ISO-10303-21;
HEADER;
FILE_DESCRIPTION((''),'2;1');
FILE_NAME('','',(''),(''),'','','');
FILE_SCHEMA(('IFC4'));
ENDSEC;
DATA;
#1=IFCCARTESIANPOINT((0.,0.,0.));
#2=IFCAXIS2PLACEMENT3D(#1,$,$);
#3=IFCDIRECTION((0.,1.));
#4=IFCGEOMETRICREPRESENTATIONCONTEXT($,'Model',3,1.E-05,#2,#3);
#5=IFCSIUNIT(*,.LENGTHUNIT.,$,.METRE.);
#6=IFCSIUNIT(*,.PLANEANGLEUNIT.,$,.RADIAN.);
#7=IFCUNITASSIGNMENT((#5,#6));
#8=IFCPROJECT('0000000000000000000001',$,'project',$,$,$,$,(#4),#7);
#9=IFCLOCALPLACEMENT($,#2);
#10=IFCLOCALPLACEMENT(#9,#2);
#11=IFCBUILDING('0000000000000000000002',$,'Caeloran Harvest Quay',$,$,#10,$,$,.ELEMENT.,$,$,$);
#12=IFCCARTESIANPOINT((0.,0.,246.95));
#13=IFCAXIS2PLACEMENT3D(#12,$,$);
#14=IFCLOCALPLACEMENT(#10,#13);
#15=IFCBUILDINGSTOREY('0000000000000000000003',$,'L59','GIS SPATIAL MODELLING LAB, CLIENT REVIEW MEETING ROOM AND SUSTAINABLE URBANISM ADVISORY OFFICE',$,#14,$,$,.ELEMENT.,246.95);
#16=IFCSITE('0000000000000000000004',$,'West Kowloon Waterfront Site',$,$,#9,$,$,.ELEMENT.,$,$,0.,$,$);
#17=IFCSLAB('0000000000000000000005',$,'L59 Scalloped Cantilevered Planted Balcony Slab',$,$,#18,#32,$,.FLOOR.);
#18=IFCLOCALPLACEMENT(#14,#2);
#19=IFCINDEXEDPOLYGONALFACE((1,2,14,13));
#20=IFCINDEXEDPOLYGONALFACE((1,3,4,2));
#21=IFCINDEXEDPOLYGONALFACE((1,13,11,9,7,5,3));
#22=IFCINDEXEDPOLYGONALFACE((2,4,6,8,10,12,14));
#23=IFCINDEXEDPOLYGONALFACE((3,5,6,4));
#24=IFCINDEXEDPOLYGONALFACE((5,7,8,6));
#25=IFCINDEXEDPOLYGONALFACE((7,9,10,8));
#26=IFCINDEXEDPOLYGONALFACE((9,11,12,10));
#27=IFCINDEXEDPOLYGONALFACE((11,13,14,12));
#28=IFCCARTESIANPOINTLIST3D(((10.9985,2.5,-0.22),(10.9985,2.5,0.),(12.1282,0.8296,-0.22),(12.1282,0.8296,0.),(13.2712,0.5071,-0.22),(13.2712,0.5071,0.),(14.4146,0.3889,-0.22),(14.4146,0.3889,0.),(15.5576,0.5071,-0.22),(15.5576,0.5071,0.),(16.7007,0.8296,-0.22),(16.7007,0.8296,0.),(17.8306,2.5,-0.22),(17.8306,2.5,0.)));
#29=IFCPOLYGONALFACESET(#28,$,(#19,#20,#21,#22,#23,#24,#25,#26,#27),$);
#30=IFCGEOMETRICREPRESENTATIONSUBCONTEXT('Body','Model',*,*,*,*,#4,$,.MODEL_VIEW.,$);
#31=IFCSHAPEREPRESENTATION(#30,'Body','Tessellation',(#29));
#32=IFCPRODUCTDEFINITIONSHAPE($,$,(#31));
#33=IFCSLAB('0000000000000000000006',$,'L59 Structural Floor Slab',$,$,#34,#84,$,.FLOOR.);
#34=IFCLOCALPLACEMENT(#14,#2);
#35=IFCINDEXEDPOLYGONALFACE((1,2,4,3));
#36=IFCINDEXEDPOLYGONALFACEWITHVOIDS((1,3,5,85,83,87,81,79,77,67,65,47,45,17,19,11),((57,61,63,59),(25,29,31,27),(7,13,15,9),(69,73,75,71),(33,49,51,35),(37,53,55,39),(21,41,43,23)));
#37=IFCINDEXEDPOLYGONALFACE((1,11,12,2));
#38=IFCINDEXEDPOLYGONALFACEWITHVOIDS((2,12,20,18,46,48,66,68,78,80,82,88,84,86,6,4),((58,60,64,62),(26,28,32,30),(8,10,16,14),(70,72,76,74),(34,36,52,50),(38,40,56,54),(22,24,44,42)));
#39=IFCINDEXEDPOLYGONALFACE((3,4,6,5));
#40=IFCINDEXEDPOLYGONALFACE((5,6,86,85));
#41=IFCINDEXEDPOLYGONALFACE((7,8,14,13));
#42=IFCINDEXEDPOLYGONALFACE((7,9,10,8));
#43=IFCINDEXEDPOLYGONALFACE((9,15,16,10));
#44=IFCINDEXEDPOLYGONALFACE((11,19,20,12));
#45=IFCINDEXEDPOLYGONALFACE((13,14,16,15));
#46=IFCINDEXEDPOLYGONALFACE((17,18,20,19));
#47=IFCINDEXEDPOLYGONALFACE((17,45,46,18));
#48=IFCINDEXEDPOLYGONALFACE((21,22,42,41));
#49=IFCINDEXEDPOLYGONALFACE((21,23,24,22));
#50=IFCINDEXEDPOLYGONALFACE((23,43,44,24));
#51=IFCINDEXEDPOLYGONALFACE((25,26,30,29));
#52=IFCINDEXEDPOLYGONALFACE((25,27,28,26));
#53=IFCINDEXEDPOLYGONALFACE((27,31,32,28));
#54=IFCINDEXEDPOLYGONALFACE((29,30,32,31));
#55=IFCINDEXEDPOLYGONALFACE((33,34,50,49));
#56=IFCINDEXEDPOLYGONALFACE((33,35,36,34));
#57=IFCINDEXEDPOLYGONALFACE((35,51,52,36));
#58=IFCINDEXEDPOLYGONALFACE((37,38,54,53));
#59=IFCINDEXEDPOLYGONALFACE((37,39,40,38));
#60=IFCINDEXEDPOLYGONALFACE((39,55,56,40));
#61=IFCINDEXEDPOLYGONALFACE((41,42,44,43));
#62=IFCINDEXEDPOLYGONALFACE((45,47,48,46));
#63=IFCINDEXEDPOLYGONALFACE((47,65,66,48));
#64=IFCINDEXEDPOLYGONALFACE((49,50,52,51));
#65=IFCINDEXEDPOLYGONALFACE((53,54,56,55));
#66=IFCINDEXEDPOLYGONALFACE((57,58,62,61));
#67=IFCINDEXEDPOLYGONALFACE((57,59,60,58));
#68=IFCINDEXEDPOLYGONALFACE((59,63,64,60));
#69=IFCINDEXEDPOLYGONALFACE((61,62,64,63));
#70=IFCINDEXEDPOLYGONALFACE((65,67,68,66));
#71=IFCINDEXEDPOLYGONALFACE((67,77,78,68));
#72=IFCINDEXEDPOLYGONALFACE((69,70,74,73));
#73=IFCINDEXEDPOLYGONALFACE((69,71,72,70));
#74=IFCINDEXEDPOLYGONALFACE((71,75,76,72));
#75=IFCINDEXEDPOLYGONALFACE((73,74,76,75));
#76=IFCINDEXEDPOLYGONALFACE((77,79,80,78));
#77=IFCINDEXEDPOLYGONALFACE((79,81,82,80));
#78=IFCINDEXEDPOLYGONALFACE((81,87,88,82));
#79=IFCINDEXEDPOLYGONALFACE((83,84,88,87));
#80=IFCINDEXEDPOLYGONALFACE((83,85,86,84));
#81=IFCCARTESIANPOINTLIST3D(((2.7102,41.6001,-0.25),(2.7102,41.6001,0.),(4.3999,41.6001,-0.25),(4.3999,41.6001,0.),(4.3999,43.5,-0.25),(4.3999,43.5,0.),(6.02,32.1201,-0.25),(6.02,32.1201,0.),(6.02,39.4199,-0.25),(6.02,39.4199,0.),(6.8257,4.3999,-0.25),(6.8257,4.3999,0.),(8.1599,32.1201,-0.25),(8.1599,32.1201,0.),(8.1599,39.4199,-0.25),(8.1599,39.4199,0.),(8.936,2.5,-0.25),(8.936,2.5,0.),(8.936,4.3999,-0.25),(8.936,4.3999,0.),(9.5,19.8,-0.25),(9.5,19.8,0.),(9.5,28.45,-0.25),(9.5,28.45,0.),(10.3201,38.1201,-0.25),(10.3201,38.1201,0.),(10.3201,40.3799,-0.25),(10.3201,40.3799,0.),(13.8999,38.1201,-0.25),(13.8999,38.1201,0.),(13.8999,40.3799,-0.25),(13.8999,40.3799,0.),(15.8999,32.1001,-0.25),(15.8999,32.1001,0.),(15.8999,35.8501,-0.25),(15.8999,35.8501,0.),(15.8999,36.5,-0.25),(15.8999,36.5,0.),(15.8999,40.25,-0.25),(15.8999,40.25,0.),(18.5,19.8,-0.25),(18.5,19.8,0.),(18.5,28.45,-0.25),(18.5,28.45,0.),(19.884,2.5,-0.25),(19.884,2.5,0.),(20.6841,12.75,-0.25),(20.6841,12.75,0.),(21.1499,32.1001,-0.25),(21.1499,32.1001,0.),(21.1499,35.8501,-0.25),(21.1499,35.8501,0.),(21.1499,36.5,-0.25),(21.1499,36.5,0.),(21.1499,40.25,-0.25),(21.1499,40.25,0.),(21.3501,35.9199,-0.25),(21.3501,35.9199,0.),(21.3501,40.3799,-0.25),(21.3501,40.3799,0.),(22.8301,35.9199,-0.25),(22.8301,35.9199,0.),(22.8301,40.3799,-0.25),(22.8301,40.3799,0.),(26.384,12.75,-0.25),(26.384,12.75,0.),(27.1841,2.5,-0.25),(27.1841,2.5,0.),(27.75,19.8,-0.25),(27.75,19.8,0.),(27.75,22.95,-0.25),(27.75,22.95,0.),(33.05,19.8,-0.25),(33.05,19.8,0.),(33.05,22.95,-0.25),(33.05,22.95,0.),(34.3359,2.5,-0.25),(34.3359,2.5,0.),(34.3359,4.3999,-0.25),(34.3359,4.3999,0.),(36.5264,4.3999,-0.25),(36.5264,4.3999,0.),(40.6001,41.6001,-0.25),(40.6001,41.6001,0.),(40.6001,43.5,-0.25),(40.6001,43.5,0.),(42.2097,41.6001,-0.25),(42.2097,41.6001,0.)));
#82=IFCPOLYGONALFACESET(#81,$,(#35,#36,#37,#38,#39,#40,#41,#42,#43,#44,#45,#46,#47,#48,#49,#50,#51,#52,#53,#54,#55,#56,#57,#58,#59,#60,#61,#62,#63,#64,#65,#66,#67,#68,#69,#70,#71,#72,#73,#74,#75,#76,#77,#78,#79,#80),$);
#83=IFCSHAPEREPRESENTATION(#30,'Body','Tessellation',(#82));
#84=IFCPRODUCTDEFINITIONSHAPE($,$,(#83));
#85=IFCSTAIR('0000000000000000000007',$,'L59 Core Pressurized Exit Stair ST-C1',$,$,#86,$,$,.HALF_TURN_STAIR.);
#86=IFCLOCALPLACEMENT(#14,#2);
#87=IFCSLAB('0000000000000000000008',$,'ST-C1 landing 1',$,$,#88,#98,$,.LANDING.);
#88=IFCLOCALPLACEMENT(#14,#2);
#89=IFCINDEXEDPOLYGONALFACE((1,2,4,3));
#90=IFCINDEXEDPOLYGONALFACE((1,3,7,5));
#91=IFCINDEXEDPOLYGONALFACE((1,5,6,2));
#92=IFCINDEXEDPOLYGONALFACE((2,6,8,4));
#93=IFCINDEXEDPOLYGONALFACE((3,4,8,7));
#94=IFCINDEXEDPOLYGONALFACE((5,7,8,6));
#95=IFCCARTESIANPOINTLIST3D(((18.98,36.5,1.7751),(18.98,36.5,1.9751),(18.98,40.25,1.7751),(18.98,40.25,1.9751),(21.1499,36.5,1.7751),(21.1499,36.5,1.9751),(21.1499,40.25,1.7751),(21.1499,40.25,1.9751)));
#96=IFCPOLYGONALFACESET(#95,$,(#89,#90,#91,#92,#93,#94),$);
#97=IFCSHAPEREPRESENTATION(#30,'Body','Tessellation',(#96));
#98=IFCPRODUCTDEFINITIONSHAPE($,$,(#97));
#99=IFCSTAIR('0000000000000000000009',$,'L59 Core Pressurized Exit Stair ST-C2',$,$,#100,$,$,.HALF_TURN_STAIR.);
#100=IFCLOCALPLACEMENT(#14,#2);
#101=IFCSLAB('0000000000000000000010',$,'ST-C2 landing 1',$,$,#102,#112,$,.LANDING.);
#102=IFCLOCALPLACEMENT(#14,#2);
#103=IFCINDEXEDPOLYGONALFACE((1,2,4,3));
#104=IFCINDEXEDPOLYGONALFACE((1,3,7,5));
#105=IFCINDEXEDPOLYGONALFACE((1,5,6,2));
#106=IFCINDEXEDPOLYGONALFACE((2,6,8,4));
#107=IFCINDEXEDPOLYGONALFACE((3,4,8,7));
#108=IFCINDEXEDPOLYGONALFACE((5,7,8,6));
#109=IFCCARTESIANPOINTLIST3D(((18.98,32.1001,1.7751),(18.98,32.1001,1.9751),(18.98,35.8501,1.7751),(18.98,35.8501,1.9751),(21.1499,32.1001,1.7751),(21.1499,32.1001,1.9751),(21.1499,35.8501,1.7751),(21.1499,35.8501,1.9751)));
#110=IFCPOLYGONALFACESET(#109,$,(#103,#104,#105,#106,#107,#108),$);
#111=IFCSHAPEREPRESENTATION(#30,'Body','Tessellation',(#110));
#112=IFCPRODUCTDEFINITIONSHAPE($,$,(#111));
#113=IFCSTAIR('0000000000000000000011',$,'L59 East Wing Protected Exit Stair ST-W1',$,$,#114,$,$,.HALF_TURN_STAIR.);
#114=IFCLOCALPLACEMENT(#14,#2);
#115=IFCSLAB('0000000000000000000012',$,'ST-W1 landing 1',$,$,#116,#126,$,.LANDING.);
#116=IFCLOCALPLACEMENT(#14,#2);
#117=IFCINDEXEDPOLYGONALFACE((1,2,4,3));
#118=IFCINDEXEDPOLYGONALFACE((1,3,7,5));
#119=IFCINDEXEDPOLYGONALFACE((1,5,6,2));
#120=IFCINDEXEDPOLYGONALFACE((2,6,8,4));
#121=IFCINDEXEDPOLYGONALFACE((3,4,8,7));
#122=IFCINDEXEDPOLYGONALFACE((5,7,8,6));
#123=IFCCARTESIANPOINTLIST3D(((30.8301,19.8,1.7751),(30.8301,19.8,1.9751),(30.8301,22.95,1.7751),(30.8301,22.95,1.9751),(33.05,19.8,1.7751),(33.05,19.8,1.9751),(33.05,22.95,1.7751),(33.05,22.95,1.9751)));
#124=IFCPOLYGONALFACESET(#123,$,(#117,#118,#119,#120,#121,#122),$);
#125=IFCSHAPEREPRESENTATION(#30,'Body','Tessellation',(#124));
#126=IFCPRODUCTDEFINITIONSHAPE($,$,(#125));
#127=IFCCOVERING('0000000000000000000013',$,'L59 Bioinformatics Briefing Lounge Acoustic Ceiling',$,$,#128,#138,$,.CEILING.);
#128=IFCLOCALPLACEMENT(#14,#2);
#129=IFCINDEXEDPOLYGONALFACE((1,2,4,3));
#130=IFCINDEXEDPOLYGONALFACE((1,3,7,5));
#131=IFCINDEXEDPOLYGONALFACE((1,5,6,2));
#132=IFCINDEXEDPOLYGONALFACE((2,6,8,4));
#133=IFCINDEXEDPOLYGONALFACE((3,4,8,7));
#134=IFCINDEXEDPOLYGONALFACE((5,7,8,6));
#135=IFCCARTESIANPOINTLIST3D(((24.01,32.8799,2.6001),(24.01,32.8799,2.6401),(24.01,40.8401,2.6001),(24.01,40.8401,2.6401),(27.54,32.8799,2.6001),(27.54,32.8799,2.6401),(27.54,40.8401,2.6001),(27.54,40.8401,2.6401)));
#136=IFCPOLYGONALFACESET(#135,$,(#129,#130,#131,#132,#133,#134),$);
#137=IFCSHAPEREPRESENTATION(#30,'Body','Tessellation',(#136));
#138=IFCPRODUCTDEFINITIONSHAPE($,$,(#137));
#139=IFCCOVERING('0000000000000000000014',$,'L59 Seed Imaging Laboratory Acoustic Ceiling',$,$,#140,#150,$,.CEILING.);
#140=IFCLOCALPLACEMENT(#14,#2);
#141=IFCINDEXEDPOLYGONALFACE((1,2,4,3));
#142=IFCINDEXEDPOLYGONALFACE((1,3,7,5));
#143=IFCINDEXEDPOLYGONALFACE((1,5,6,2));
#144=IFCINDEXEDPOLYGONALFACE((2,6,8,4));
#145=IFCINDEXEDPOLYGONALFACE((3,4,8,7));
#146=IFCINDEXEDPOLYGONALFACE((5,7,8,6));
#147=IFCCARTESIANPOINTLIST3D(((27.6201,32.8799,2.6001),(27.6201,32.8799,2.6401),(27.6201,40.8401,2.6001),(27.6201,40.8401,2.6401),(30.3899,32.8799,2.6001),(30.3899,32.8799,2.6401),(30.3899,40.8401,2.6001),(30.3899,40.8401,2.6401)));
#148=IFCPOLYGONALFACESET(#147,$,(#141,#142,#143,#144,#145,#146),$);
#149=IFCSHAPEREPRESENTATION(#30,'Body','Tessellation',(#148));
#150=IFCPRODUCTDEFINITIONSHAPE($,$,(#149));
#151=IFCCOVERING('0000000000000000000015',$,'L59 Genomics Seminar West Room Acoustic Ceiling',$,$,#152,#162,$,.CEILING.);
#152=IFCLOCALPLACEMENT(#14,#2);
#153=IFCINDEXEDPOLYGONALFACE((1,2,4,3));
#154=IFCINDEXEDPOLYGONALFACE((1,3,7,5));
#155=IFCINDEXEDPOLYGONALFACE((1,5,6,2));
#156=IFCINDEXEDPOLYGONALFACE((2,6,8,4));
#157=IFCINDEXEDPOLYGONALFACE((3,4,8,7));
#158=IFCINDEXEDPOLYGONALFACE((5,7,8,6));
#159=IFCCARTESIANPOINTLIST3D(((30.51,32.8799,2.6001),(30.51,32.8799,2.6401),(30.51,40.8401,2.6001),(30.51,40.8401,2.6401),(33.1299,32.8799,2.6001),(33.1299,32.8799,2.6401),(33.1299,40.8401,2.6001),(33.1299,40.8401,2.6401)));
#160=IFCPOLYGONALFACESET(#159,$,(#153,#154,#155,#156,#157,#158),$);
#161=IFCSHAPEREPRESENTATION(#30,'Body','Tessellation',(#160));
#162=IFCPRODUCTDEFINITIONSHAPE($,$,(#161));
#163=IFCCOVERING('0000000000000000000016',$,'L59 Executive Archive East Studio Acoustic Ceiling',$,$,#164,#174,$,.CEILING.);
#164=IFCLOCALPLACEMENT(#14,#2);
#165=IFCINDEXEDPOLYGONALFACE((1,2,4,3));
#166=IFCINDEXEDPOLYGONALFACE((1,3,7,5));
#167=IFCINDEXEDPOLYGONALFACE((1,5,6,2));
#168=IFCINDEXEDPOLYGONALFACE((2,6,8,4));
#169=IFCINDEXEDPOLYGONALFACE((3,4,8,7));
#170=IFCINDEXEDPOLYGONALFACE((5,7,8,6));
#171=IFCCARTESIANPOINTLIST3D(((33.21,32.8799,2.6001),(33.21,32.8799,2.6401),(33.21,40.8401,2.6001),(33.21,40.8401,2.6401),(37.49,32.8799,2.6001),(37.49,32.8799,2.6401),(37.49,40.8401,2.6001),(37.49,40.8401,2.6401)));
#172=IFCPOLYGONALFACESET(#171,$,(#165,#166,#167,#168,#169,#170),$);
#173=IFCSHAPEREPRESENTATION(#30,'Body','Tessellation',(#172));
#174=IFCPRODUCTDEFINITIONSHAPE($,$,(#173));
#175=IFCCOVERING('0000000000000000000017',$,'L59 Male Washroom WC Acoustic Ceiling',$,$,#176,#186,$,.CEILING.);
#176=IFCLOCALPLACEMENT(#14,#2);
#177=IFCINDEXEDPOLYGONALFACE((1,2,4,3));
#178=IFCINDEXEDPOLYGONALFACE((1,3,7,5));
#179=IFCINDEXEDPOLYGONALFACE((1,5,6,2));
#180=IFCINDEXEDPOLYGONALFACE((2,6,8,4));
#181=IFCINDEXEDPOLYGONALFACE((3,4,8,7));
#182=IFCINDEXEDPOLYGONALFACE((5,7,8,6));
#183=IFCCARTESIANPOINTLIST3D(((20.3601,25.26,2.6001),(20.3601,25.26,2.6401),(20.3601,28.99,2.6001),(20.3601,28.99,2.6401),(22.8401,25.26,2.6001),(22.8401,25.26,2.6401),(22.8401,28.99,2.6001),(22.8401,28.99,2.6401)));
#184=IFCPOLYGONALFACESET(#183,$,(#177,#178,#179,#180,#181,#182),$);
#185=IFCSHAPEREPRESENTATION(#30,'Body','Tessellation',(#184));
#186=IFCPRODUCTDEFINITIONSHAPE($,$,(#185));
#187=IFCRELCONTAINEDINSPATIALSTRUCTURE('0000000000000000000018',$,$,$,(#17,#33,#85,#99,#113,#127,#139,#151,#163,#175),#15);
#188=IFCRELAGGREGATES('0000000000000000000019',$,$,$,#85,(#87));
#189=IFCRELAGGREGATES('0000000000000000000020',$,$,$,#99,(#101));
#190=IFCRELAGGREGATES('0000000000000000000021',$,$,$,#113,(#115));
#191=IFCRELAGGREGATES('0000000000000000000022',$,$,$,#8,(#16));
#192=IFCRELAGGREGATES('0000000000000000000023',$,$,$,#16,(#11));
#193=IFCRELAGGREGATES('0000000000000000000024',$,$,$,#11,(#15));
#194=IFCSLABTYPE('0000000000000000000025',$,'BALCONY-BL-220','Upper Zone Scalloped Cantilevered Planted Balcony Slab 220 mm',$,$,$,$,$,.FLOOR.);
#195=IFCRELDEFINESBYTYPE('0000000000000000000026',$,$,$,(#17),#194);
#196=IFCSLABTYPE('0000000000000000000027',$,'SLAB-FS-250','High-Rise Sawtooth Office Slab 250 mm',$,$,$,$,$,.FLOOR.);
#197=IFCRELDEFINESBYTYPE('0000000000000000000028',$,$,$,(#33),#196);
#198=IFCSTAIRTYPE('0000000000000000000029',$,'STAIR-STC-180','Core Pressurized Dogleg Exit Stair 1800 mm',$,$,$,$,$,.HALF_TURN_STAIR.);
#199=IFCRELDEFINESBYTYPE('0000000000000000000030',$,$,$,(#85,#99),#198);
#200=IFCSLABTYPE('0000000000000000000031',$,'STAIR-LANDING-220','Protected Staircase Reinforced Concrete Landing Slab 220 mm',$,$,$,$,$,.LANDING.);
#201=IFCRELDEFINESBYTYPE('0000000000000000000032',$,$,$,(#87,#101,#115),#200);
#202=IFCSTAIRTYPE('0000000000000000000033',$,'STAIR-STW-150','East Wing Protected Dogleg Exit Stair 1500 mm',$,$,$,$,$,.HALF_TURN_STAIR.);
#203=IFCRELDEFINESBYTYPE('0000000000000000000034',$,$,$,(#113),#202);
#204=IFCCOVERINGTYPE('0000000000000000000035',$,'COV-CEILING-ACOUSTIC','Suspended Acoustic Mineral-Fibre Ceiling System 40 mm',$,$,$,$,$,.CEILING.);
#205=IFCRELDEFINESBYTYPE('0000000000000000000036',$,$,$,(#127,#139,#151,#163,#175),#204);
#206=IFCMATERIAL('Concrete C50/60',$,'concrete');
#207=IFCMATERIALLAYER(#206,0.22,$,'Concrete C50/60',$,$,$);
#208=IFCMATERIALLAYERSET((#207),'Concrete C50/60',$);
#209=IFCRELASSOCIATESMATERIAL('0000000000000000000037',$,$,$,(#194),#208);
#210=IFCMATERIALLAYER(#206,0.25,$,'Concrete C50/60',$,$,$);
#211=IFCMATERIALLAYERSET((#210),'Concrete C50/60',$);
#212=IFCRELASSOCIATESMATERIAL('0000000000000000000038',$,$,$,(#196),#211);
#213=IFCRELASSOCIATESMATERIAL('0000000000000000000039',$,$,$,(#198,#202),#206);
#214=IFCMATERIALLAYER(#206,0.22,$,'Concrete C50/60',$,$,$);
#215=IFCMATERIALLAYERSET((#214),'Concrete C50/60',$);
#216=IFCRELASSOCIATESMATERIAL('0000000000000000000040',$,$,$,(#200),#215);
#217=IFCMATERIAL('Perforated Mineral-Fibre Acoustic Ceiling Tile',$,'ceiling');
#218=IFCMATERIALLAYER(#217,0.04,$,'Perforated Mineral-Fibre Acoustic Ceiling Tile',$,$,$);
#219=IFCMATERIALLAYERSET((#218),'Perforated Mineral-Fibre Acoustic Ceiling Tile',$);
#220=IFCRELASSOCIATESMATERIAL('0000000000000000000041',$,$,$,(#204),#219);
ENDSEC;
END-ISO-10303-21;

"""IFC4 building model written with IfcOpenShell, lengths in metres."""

from ifc_helpers import new_model, si_unit, direction, frame, origin, place, context, subcontext, project, spatial, polyline, outline, extrude, material, layer, layer_set, type_object, element, aggregate, save


model = new_model("IFC4")

# Units and contexts
model_context = context("Model", 3, precision=1e-05, world=origin(), true_north=direction((0.0, 1.0)))
body_context = subcontext(model_context, "Body", "Model", "MODEL_VIEW")
ifc_project = project(units=[si_unit("LENGTHUNIT", "METRE"), si_unit("PLANEANGLEUNIT", "RADIAN")], contexts=[model_context])

# Site, building, storey
site_placement = place(None, origin())
site = spatial("IfcSite", under=ifc_project, at=site_placement, Name="West Kowloon Waterfront Site", CompositionType="ELEMENT", RefElevation=0.0)
building_placement = place(site_placement, origin())
building = spatial("IfcBuilding", under=site, at=building_placement, Name="Caeloran Harvest Quay", CompositionType="ELEMENT")
storey_placement = place(building_placement, frame((0.0, 0.0, 246.95)))
storey = spatial("IfcBuildingStorey", under=building, at=storey_placement, Name="L59", Description="GIS SPATIAL MODELLING LAB, CLIENT REVIEW MEETING ROOM AND SUSTAINABLE URBANISM ADVISORY OFFICE", CompositionType="ELEMENT", Elevation=246.95)

# Slabs
ifc_material_1 = material(Name="Concrete C50/60", Category="concrete")
ifc_layer_1 = layer(ifc_material_1, 0.22, Name="Concrete C50/60")
ifc_layer_set_1 = layer_set([ifc_layer_1], Name="Concrete C50/60")
slab_type_1 = type_object("IfcSlabType", Name="BALCONY-BL-220", Description="Upper Zone Scalloped Cantilevered Planted Balcony Slab 220 mm", PredefinedType="FLOOR", material=ifc_layer_set_1)
slab_1_placement = place(storey_placement, frame((0.0, 0.0, -0.22)))
element("IfcSlab", 1, at=slab_1_placement, inside=storey, type_object=slab_type_1, Name="L59 Scalloped Cantilevered Planted Balcony Slab", PredefinedType="FLOOR", context=body_context, shape_type="SweptSolid", body=[
    extrude(outline(polyline([(16.7007, 0.8296), (15.5576, 0.5071), (14.4146, 0.3889), (13.2712, 0.5071), (12.1282, 0.8296), (10.9985, 2.5), (17.8306, 2.5), (16.7007, 0.8296)])), origin(), (0.0, 0.0, 1.0), 0.22),
])
ifc_layer_2 = layer(ifc_material_1, 0.25, Name="Concrete C50/60")
ifc_layer_set_2 = layer_set([ifc_layer_2], Name="Concrete C50/60")
slab_type_2 = type_object("IfcSlabType", Name="SLAB-FS-250", Description="High-Rise Sawtooth Office Slab 250 mm", PredefinedType="FLOOR", material=ifc_layer_set_2)
slab_2_placement = place(storey_placement, frame((0.0, 0.0, -0.25)))
element("IfcSlab", 2, at=slab_2_placement, inside=storey, type_object=slab_type_2, Name="L59 Structural Floor Slab", PredefinedType="FLOOR", context=body_context, shape_type="SweptSolid", body=[
    extrude(outline(polyline([(8.936, 2.5), (19.884, 2.5), (20.6841, 12.75), (26.384, 12.75), (27.1841, 2.5), (34.3359, 2.5), (34.3359, 4.3999), (36.5264, 4.3999), (42.2097, 41.6001), (40.6001, 41.6001), (40.6001, 43.5), (4.3999, 43.5), (4.3999, 41.6001), (2.7102, 41.6001), (6.8257, 4.3999), (8.936, 4.3999), (8.936, 2.5)]), holes=[polyline([(33.05, 19.8), (27.75, 19.8), (27.75, 22.95), (33.05, 22.95), (33.05, 19.8)]), polyline([(18.5, 19.8), (9.5, 19.8), (9.5, 28.45), (18.5, 28.45), (18.5, 19.8)]), polyline([(15.8999, 32.1001), (15.8999, 35.8501), (21.1499, 35.8501), (21.1499, 32.1001), (15.8999, 32.1001)]), polyline([(8.1599, 32.1201), (6.02, 32.1201), (6.02, 39.4199), (8.1599, 39.4199), (8.1599, 32.1201)]), polyline([(22.8301, 35.9199), (21.3501, 35.9199), (21.3501, 40.3799), (22.8301, 40.3799), (22.8301, 35.9199)]), polyline([(15.8999, 36.5), (15.8999, 40.25), (21.1499, 40.25), (21.1499, 36.5), (15.8999, 36.5)]), polyline([(13.8999, 38.1201), (10.3201, 38.1201), (10.3201, 40.3799), (13.8999, 40.3799), (13.8999, 38.1201)])]), origin(), (0.0, 0.0, 1.0), 0.25),
])

# Stairs, slabs
stair_type_1 = type_object("IfcStairType", Name="STAIR-STC-180", Description="Core Pressurized Dogleg Exit Stair 1800 mm", PredefinedType="HALF_TURN_STAIR", material=ifc_material_1)
stair_1_placement = place(storey_placement, origin())
stair_1 = element("IfcStair", 3, at=stair_1_placement, inside=storey, type_object=stair_type_1, Name="L59 Core Pressurized Exit Stair ST-C1", PredefinedType="HALF_TURN_STAIR")
ifc_layer_3 = layer(ifc_material_1, 0.22, Name="Concrete C50/60")
ifc_layer_set_3 = layer_set([ifc_layer_3], Name="Concrete C50/60")
slab_type_3 = type_object("IfcSlabType", Name="STAIR-LANDING-220", Description="Protected Staircase Reinforced Concrete Landing Slab 220 mm", PredefinedType="LANDING", material=ifc_layer_set_3)
slab_3_placement = place(storey_placement, frame((0.0, 0.0, 1.7751)))
slab_3 = element("IfcSlab", 4, at=slab_3_placement, type_object=slab_type_3, Name="ST-C1 landing 1", PredefinedType="LANDING", context=body_context, shape_type="SweptSolid", body=[
    extrude(outline(polyline([(18.98, 36.5), (21.1499, 36.5), (21.1499, 40.25), (18.98, 40.25), (18.98, 36.5)])), origin(), (0.0, 0.0, 1.0), 0.2),
])
aggregate(stair_1, [slab_3])
stair_2_placement = place(storey_placement, origin())
stair_2 = element("IfcStair", 5, at=stair_2_placement, inside=storey, type_object=stair_type_1, Name="L59 Core Pressurized Exit Stair ST-C2", PredefinedType="HALF_TURN_STAIR")
slab_4_placement = place(storey_placement, frame((0.0, 0.0, 1.7751)))
slab_4 = element("IfcSlab", 6, at=slab_4_placement, type_object=slab_type_3, Name="ST-C2 landing 1", PredefinedType="LANDING", context=body_context, shape_type="SweptSolid", body=[
    extrude(outline(polyline([(18.98, 32.1001), (21.1499, 32.1001), (21.1499, 35.8501), (18.98, 35.8501), (18.98, 32.1001)])), origin(), (0.0, 0.0, 1.0), 0.2),
])
aggregate(stair_2, [slab_4])
stair_type_2 = type_object("IfcStairType", Name="STAIR-STW-150", Description="East Wing Protected Dogleg Exit Stair 1500 mm", PredefinedType="HALF_TURN_STAIR", material=ifc_material_1)
stair_3_placement = place(storey_placement, origin())
stair_3 = element("IfcStair", 7, at=stair_3_placement, inside=storey, type_object=stair_type_2, Name="L59 East Wing Protected Exit Stair ST-W1", PredefinedType="HALF_TURN_STAIR")
slab_5_placement = place(storey_placement, frame((0.0, 0.0, 1.7751)))
slab_5 = element("IfcSlab", 8, at=slab_5_placement, type_object=slab_type_3, Name="ST-W1 landing 1", PredefinedType="LANDING", context=body_context, shape_type="SweptSolid", body=[
    extrude(outline(polyline([(30.8301, 19.8), (33.05, 19.8), (33.05, 22.95), (30.8301, 22.95), (30.8301, 19.8)])), origin(), (0.0, 0.0, 1.0), 0.2),
])
aggregate(stair_3, [slab_5])

# Coverings
ifc_material_2 = material(Name="Perforated Mineral-Fibre Acoustic Ceiling Tile", Category="ceiling")
ifc_layer_4 = layer(ifc_material_2, 0.04, Name="Perforated Mineral-Fibre Acoustic Ceiling Tile")
ifc_layer_set_4 = layer_set([ifc_layer_4], Name="Perforated Mineral-Fibre Acoustic Ceiling Tile")
covering_type_1 = type_object("IfcCoveringType", Name="COV-CEILING-ACOUSTIC", Description="Suspended Acoustic Mineral-Fibre Ceiling System 40 mm", PredefinedType="CEILING", material=ifc_layer_set_4)
covering_1_placement = place(storey_placement, frame((0.0, 0.0, 2.6001)))
element("IfcCovering", 9, at=covering_1_placement, inside=storey, type_object=covering_type_1, Name="L59 Bioinformatics Briefing Lounge Acoustic Ceiling", PredefinedType="CEILING", context=body_context, shape_type="SweptSolid", body=[
    extrude(outline(polyline([(27.54, 40.8401), (27.54, 32.8799), (24.01, 32.8799), (24.01, 40.8401), (27.54, 40.8401)])), origin(), (0.0, 0.0, 1.0), 0.04),
])
covering_2_placement = place(storey_placement, frame((0.0, 0.0, 2.6001)))
element("IfcCovering", 10, at=covering_2_placement, inside=storey, type_object=covering_type_1, Name="L59 Seed Imaging Laboratory Acoustic Ceiling", PredefinedType="CEILING", context=body_context, shape_type="SweptSolid", body=[
    extrude(outline(polyline([(30.3899, 40.8401), (30.3899, 32.8799), (27.6201, 32.8799), (27.6201, 40.8401), (30.3899, 40.8401)])), origin(), (0.0, 0.0, 1.0), 0.04),
])
covering_3_placement = place(storey_placement, frame((0.0, 0.0, 2.6001)))
element("IfcCovering", 11, at=covering_3_placement, inside=storey, type_object=covering_type_1, Name="L59 Genomics Seminar West Room Acoustic Ceiling", PredefinedType="CEILING", context=body_context, shape_type="SweptSolid", body=[
    extrude(outline(polyline([(33.1299, 40.8401), (33.1299, 32.8799), (30.51, 32.8799), (30.51, 40.8401), (33.1299, 40.8401)])), origin(), (0.0, 0.0, 1.0), 0.04),
])
covering_4_placement = place(storey_placement, frame((0.0, 0.0, 2.6001)))
element("IfcCovering", 12, at=covering_4_placement, inside=storey, type_object=covering_type_1, Name="L59 Executive Archive East Studio Acoustic Ceiling", PredefinedType="CEILING", context=body_context, shape_type="SweptSolid", body=[
    extrude(outline(polyline([(37.49, 40.8401), (37.49, 32.8799), (33.21, 32.8799), (33.21, 40.8401), (37.49, 40.8401)])), origin(), (0.0, 0.0, 1.0), 0.04),
])
covering_5_placement = place(storey_placement, frame((0.0, 0.0, 2.6001)))
element("IfcCovering", 13, at=covering_5_placement, inside=storey, type_object=covering_type_1, Name="L59 Male Washroom WC Acoustic Ceiling", PredefinedType="CEILING", context=body_context, shape_type="SweptSolid", body=[
    extrude(outline(polyline([(22.8401, 28.99), (22.8401, 25.26), (20.3601, 25.26), (20.3601, 28.99), (22.8401, 28.99)])), origin(), (0.0, 0.0, 1.0), 0.04),
])

save(model, "model.ifc")
